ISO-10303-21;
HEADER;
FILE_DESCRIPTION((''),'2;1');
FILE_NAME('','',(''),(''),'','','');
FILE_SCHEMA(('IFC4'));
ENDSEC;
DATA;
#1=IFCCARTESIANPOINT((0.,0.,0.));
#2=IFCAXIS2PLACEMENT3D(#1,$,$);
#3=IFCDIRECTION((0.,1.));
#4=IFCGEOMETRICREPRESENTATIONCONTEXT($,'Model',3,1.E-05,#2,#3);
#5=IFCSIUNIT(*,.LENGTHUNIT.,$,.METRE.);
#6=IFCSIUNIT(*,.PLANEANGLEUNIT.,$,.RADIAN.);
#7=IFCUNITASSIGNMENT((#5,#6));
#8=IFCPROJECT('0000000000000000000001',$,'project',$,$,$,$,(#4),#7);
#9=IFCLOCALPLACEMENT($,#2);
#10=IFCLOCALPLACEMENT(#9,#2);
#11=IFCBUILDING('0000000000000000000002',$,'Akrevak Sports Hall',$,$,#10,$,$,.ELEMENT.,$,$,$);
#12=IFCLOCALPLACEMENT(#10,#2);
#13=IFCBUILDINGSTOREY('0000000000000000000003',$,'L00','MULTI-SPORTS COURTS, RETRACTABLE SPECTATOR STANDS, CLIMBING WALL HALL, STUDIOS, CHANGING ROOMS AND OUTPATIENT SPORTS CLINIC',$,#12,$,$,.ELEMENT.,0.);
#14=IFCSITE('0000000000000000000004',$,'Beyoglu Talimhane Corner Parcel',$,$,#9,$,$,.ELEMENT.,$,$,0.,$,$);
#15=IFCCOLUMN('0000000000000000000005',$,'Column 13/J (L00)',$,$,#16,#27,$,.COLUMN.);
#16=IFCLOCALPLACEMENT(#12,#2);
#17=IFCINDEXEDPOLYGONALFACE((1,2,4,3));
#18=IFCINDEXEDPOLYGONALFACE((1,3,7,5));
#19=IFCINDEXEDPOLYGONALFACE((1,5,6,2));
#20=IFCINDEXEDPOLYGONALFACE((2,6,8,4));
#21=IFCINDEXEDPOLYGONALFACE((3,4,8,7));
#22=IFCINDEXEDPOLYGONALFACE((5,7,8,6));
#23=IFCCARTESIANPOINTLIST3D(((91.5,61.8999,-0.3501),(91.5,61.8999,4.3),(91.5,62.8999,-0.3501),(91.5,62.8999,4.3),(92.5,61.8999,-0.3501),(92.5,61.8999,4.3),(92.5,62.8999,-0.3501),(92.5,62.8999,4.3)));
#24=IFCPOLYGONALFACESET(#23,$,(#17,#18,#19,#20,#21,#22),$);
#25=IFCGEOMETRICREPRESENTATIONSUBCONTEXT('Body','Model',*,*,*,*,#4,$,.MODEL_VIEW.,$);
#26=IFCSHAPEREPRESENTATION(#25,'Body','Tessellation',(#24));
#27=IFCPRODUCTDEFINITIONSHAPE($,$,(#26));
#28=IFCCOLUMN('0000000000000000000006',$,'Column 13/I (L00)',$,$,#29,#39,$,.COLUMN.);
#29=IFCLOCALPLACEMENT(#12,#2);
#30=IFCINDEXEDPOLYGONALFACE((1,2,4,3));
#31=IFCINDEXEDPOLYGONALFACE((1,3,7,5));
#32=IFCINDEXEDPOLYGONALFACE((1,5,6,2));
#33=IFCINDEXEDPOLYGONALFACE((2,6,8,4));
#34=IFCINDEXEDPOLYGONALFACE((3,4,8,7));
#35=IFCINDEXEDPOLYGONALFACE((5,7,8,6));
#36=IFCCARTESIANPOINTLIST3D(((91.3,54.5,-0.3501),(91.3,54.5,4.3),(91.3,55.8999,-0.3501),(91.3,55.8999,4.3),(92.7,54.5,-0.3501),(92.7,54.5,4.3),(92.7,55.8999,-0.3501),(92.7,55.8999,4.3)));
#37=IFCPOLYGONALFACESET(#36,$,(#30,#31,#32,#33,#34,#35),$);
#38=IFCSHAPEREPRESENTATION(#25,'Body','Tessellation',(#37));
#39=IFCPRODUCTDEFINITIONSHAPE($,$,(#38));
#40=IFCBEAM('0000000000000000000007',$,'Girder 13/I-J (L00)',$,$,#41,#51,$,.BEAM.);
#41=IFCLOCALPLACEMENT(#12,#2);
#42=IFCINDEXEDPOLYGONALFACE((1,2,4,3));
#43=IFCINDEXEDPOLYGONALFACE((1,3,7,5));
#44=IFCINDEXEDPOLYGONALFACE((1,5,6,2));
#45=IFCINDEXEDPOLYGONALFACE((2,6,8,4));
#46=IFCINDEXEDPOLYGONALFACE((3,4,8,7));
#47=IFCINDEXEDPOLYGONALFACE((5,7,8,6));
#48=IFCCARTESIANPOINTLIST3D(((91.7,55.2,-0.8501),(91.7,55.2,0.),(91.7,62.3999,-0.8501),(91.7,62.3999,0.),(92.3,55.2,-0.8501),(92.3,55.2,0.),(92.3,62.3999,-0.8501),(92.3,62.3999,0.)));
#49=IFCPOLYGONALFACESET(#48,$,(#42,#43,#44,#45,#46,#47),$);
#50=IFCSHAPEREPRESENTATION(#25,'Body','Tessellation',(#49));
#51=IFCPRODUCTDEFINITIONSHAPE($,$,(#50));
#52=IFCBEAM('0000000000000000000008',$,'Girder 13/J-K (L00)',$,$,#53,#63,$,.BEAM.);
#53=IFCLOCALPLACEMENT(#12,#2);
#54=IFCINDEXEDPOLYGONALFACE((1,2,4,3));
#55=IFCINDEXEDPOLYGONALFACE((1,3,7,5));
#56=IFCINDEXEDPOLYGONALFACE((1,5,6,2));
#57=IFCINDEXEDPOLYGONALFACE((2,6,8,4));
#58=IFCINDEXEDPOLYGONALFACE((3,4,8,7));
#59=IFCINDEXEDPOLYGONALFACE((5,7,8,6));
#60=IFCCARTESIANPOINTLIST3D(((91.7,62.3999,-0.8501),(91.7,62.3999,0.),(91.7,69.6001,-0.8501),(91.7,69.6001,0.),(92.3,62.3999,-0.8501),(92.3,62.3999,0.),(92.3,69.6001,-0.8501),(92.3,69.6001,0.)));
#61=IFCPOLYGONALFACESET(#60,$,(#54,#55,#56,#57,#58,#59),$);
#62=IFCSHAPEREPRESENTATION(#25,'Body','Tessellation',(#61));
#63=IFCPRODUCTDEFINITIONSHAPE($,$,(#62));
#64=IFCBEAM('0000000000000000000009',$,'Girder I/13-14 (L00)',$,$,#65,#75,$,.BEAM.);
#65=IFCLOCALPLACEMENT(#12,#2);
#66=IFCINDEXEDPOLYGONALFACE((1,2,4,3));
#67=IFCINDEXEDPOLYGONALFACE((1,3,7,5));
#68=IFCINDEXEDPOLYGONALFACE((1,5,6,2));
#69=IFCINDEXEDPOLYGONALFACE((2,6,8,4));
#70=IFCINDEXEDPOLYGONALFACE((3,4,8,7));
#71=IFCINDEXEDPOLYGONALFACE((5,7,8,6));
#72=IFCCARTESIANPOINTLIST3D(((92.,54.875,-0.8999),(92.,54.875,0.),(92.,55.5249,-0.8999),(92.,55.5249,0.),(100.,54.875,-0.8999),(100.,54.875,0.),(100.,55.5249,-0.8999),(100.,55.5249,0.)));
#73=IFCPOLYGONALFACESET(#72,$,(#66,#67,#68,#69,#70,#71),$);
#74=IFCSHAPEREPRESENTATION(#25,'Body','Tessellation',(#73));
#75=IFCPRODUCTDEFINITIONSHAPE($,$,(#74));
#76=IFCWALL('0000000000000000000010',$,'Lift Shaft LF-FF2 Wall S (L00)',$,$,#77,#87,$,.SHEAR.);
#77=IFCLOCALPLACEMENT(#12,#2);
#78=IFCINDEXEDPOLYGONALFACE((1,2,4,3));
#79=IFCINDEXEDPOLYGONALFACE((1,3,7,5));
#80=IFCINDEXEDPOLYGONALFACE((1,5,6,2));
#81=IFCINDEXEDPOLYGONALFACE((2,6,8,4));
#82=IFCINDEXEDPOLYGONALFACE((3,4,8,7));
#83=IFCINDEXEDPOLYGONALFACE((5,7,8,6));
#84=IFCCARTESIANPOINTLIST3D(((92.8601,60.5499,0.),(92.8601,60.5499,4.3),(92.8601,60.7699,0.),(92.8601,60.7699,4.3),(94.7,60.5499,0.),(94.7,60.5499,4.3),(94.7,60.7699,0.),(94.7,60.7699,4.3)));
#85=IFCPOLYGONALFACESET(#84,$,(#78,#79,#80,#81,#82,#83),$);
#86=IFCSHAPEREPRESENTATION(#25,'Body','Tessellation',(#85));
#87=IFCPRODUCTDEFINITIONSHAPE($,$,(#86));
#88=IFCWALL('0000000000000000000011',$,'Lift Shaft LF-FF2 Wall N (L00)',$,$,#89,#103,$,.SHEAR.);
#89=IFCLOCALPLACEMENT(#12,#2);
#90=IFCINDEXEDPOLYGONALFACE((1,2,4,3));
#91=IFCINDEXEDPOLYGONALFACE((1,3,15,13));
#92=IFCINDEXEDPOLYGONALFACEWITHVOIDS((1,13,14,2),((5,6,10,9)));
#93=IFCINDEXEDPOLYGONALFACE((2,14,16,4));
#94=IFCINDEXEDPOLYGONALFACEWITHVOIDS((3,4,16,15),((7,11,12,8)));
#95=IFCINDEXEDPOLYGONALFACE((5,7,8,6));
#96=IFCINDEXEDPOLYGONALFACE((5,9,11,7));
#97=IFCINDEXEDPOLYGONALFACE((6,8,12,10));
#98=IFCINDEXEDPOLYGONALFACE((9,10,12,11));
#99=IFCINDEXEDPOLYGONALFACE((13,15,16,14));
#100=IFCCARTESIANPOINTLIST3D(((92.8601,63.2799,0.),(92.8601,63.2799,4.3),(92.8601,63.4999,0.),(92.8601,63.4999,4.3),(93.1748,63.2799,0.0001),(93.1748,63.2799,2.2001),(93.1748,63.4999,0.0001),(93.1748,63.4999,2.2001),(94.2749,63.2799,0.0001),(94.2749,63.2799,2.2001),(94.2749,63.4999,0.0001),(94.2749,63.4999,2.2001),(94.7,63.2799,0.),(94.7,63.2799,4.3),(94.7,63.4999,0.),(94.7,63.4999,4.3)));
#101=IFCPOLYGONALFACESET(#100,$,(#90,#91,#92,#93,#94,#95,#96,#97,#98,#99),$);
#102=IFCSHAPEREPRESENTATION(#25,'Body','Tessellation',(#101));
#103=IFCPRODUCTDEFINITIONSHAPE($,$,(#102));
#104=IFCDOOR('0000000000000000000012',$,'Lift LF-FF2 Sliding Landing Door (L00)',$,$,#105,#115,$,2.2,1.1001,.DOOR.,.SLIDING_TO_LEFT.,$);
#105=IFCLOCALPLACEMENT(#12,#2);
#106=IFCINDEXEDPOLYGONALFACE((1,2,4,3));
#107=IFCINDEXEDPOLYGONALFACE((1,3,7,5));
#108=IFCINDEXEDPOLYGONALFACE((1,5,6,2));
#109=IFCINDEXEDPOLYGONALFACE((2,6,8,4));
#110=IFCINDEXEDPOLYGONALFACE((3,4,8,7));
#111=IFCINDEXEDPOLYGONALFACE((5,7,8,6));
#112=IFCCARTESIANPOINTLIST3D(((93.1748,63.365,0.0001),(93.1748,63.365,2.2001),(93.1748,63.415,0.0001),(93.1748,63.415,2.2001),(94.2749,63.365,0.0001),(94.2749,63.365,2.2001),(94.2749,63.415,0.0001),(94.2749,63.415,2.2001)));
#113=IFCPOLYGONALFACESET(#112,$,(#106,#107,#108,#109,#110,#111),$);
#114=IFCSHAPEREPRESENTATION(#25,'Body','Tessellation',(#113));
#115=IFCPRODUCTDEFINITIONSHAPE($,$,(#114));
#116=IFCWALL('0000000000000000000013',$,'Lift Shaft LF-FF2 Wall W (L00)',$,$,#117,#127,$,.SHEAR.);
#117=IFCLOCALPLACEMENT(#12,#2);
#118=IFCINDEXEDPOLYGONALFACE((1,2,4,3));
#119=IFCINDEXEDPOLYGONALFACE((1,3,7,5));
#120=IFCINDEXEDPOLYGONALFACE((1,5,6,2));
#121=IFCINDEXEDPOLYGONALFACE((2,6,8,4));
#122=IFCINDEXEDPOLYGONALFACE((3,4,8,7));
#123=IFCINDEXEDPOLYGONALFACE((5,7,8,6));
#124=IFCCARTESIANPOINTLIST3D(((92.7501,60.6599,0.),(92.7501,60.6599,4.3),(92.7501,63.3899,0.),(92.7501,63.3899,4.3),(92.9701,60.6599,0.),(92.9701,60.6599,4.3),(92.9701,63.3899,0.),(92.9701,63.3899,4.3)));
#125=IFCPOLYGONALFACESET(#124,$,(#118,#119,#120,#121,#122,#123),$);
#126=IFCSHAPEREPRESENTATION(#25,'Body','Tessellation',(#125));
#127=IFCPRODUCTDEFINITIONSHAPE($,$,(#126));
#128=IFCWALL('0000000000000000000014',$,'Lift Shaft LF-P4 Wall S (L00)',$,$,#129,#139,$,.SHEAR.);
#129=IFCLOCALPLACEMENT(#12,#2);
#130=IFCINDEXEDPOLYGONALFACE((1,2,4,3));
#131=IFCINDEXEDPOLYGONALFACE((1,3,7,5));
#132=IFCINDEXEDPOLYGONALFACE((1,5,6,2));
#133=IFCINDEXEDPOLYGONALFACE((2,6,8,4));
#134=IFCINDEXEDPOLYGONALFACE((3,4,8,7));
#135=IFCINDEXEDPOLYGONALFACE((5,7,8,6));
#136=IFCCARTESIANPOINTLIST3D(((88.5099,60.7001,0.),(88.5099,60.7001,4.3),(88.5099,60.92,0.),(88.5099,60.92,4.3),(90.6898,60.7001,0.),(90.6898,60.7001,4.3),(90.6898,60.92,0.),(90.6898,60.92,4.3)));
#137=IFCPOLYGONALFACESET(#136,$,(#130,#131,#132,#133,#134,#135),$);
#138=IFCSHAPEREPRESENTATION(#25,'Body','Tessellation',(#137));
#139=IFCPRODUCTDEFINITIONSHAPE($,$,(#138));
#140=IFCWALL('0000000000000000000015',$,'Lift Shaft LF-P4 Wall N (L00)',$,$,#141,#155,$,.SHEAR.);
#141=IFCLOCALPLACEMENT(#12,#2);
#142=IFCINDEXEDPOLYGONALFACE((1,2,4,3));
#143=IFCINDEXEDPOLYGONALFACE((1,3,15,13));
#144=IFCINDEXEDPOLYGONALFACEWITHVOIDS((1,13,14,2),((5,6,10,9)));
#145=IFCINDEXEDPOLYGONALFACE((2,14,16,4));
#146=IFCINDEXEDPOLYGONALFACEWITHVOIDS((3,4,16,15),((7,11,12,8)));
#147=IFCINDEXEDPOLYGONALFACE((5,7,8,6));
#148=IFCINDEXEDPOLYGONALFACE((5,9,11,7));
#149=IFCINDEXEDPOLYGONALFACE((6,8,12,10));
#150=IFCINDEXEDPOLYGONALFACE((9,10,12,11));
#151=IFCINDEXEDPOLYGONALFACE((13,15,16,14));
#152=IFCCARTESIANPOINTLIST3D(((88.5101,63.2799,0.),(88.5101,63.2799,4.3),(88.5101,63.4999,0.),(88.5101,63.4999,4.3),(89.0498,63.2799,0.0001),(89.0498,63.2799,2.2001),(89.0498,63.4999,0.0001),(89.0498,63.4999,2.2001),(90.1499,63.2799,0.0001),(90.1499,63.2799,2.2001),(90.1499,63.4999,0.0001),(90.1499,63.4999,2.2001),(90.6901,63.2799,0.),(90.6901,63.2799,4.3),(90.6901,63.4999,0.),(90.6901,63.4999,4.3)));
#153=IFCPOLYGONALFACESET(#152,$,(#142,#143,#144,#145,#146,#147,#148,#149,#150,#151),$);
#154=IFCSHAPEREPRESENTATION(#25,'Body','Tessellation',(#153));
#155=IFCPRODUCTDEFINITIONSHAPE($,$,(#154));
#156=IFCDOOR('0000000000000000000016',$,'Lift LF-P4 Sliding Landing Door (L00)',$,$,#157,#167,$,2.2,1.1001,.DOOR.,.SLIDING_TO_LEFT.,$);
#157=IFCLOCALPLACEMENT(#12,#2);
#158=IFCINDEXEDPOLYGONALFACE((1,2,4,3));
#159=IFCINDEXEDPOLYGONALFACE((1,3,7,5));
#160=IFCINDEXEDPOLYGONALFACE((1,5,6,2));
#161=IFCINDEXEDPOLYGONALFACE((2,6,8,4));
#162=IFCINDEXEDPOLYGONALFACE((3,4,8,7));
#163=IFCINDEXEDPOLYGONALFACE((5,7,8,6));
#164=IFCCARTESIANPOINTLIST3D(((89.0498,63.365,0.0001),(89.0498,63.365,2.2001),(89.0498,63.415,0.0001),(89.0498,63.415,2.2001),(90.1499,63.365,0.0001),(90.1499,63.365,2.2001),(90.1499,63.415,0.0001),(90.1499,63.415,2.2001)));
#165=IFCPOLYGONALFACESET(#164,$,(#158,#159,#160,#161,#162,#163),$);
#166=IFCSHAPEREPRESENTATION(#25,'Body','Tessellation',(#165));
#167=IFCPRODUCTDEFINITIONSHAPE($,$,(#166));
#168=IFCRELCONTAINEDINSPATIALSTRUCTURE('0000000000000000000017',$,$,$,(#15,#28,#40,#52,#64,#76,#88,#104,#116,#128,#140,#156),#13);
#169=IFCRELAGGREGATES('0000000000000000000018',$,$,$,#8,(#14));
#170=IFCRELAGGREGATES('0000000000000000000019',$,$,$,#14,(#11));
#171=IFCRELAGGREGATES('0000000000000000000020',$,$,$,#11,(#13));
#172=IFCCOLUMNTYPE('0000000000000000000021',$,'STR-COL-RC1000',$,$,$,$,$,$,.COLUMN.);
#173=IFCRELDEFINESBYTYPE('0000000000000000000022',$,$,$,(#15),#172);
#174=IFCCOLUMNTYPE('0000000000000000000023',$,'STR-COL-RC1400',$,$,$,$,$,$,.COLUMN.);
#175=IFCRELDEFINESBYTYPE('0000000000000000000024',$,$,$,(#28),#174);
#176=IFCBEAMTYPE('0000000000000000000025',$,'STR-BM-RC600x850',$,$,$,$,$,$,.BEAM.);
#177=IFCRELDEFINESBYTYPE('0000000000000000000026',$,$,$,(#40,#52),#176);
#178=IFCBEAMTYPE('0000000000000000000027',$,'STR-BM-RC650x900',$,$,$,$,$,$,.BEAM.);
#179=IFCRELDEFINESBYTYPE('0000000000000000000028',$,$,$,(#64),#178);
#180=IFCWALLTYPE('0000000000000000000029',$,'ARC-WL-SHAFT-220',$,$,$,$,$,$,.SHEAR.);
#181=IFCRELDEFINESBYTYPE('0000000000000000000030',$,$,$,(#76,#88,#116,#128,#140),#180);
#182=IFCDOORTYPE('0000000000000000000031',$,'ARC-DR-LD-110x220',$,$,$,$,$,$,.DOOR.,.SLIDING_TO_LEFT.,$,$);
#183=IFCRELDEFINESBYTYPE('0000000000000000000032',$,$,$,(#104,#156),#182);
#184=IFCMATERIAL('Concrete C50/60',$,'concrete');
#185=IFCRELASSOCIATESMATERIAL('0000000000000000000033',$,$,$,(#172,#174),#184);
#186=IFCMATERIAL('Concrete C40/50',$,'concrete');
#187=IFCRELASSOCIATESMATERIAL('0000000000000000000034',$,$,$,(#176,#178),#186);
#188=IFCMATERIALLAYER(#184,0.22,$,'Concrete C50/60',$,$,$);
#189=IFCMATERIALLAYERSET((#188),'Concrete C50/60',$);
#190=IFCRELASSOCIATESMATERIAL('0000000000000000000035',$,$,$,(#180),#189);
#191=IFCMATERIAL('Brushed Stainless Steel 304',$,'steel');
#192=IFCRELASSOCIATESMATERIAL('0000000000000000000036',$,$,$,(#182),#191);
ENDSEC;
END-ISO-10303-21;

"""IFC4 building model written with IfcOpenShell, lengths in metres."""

from ifc_helpers import new_model, si_unit, direction, frame, frame_2d, origin, origin_2d, place, context, subcontext, project, spatial, rectangle, extrude, material, layer, layer_set, material_profile, profile_set, type_object, element, fill, save


model = new_model("IFC4")

# Units and contexts
model_context = context("Model", 3, precision=1e-05, world=origin(), true_north=direction((0.0, 1.0)))
body_context = subcontext(model_context, "Body", "Model", "MODEL_VIEW")
ifc_project = project(units=[si_unit("LENGTHUNIT", "METRE"), si_unit("PLANEANGLEUNIT", "RADIAN")], contexts=[model_context])

# Site, building, storey
site_placement = place(None, origin())
site = spatial("IfcSite", under=ifc_project, at=site_placement, Name="Beyoglu Talimhane Corner Parcel", CompositionType="ELEMENT", RefElevation=0.0)
building_placement = place(site_placement, origin())
building = spatial("IfcBuilding", under=site, at=building_placement, Name="Akrevak Sports Hall", CompositionType="ELEMENT")
storey_placement = place(building_placement, origin())
storey = spatial("IfcBuildingStorey", under=building, at=storey_placement, Name="L00", Description="MULTI-SPORTS COURTS, RETRACTABLE SPECTATOR STANDS, CLIMBING WALL HALL, STUDIOS, CHANGING ROOMS AND OUTPATIENT SPORTS CLINIC", CompositionType="ELEMENT", Elevation=0.0)

# Columns
ifc_material_1 = material(Name="Concrete C50/60", Category="concrete")
ifc_material_profile_1 = material_profile(ifc_material_1, rectangle(XDim=1.0, YDim=1.0, at=origin_2d()), Name="RC 1000x1000", Category="concrete")
ifc_profile_set_1 = profile_set([ifc_material_profile_1], Name="Concrete C50/60")
column_type_1 = type_object("IfcColumnType", Name="STR-COL-RC1000", PredefinedType="COLUMN", material=ifc_profile_set_1)
column_1_placement = place(storey_placement, frame((92.0, 62.3999, -0.3501), z_axis=(0.0, 0.0, 1.0), x_axis=(1.0, 0.0, 0.0)))
element("IfcColumn", 1, at=column_1_placement, inside=storey, type_object=column_type_1, Name="Column 13/J (L00)", PredefinedType="COLUMN", context=body_context, shape_type="SweptSolid", body=[
    extrude(rectangle(XDim=1.0, YDim=1.0, at=origin_2d()), origin(), (0.0, 0.0, 1.0), 4.6501),
])
ifc_material_profile_2 = material_profile(ifc_material_1, rectangle(XDim=1.3999, YDim=1.3999, at=origin_2d()), Name="RC 1400x1400", Category="concrete")
ifc_profile_set_2 = profile_set([ifc_material_profile_2], Name="Concrete C50/60")
column_type_2 = type_object("IfcColumnType", Name="STR-COL-RC1400", PredefinedType="COLUMN", material=ifc_profile_set_2)
column_2_placement = place(storey_placement, frame((92.0, 55.2, -0.3501), z_axis=(0.0, 0.0, 1.0), x_axis=(1.0, 0.0, 0.0)))
element("IfcColumn", 2, at=column_2_placement, inside=storey, type_object=column_type_2, Name="Column 13/I (L00)", PredefinedType="COLUMN", context=body_context, shape_type="SweptSolid", body=[
    extrude(rectangle(XDim=1.3999, YDim=1.3999, at=origin_2d()), origin(), (0.0, 0.0, 1.0), 4.6501),
])

# Beams
ifc_material_2 = material(Name="Concrete C40/50", Category="concrete")
ifc_material_profile_3 = material_profile(ifc_material_2, rectangle(XDim=0.6001, YDim=0.8501, at=origin_2d()), Name="BM 600x850", Category="concrete")
ifc_profile_set_3 = profile_set([ifc_material_profile_3], Name="Concrete C40/50")
beam_type_1 = type_object("IfcBeamType", Name="STR-BM-RC600x850", PredefinedType="BEAM", material=ifc_profile_set_3)
beam_1_placement = place(storey_placement, frame((92.0, 55.2, -0.425), z_axis=(0.0, 1.0, 0.0), x_axis=(-1.0, 0.0, 0.0)))
element("IfcBeam", 3, at=beam_1_placement, inside=storey, type_object=beam_type_1, Name="Girder 13/I-J (L00)", PredefinedType="BEAM", context=body_context, shape_type="SweptSolid", body=[
    extrude(rectangle(XDim=0.6001, YDim=0.8501, at=origin_2d()), origin(), (0.0, 0.0, 1.0), 7.2),
])
beam_2_placement = place(storey_placement, frame((92.0, 62.3999, -0.425), z_axis=(0.0, 1.0, 0.0), x_axis=(-1.0, 0.0, 0.0)))
element("IfcBeam", 4, at=beam_2_placement, inside=storey, type_object=beam_type_1, Name="Girder 13/J-K (L00)", PredefinedType="BEAM", context=body_context, shape_type="SweptSolid", body=[
    extrude(rectangle(XDim=0.6001, YDim=0.8501, at=origin_2d()), origin(), (0.0, 0.0, 1.0), 7.2002),
])
ifc_material_profile_4 = material_profile(ifc_material_2, rectangle(XDim=0.6499, YDim=0.8999, at=origin_2d()), Name="BM 650x900", Category="concrete")
ifc_profile_set_4 = profile_set([ifc_material_profile_4], Name="Concrete C40/50")
beam_type_2 = type_object("IfcBeamType", Name="STR-BM-RC650x900", PredefinedType="BEAM", material=ifc_profile_set_4)
beam_3_placement = place(storey_placement, frame((92.0, 55.2, -0.45), z_axis=(1.0, 0.0, 0.0), x_axis=(0.0, 1.0, 0.0)))
element("IfcBeam", 5, at=beam_3_placement, inside=storey, type_object=beam_type_2, Name="Girder I/13-14 (L00)", PredefinedType="BEAM", context=body_context, shape_type="SweptSolid", body=[
    extrude(rectangle(XDim=0.6499, YDim=0.8999, at=origin_2d()), origin(), (0.0, 0.0, 1.0), 8.0),
])

# Wall
ifc_layer_1 = layer(ifc_material_1, 0.22, Name="Concrete C50/60")
ifc_layer_set_1 = layer_set([ifc_layer_1], Name="Concrete C50/60")
wall_type_1 = type_object("IfcWallType", Name="ARC-WL-SHAFT-220", PredefinedType="SHEAR", material=ifc_layer_set_1)
wall_1_placement = place(storey_placement, frame((92.8601, 60.6599, 0.0), z_axis=(0.0, 0.0, 1.0), x_axis=(1.0, 0.0, 0.0)))
element("IfcWall", 6, at=wall_1_placement, inside=storey, type_object=wall_type_1, Name="Lift Shaft LF-FF2 Wall S (L00)", PredefinedType="SHEAR", context=body_context, shape_type="SweptSolid", body=[
    extrude(rectangle(XDim=1.8398, YDim=0.22, at=frame_2d((0.9199, 0.0))), origin(), (0.0, 0.0, 1.0), 4.3),
])

# Wall, opening, door
wall_2_placement = place(storey_placement, frame((94.7, 63.3899, 0.0), z_axis=(0.0, 0.0, 1.0), x_axis=(-1.0, 0.0, 0.0)))
wall_2 = element("IfcWall", 7, at=wall_2_placement, inside=storey, type_object=wall_type_1, Name="Lift Shaft LF-FF2 Wall N (L00)", PredefinedType="SHEAR", context=body_context, shape_type="SweptSolid", body=[
    extrude(rectangle(XDim=1.8398, YDim=0.22, at=frame_2d((0.9199, 0.0))), origin(), (0.0, 0.0, 1.0), 4.3),
])
opening_1_placement = place(wall_2_placement, frame((0.425, 0.0, 0.0)))
opening_1 = element("IfcOpeningElement", 8, at=opening_1_placement, cuts=wall_2, PredefinedType="OPENING", context=body_context, shape_type="SweptSolid", body=[
    extrude(rectangle(XDim=1.1001, YDim=2.2, at=frame_2d((0.55, 1.1001))), frame((0.0, 0.1221, 0.0), z_axis=(0.0, -1.0, 0.0), x_axis=(1.0, 0.0, 0.0)), (0.0, 0.0, 1.0), 0.2439),
])
ifc_material_3 = material(Name="Brushed Stainless Steel 304", Category="steel")
door_type = type_object("IfcDoorType", Name="ARC-DR-LD-110x220", OperationType="SLIDING_TO_LEFT", PredefinedType="DOOR", material=ifc_material_3)
door_1_placement = place(opening_1_placement, origin())
door_1 = element("IfcDoor", 9, at=door_1_placement, inside=storey, type_object=door_type, Name="Lift LF-FF2 Sliding Landing Door (L00)", OperationType="SLIDING_TO_LEFT", OverallHeight=2.2, OverallWidth=1.1001, PredefinedType="DOOR", context=body_context, shape_type="SweptSolid", body=[
    extrude(rectangle(XDim=1.1001, YDim=2.2, at=frame_2d((0.55, 1.1001))), frame((0.0, 0.0249, 0.0), z_axis=(0.0, -1.0, 0.0), x_axis=(1.0, 0.0, 0.0)), (0.0, 0.0, 1.0), 0.05),
])
fill(opening_1, door_1)

# Walls
wall_3_placement = place(storey_placement, frame((92.8601, 63.3899, 0.0), z_axis=(0.0, 0.0, 1.0), x_axis=(0.0, -1.0, 0.0)))
element("IfcWall", 10, at=wall_3_placement, inside=storey, type_object=wall_type_1, Name="Lift Shaft LF-FF2 Wall W (L00)", PredefinedType="SHEAR", context=body_context, shape_type="SweptSolid", body=[
    extrude(rectangle(XDim=2.73, YDim=0.22, at=frame_2d((1.365, 0.0))), origin(), (0.0, 0.0, 1.0), 4.3),
])
wall_4_placement = place(storey_placement, frame((88.51, 60.8101, 0.0), z_axis=(0.0, 0.0, 1.0), x_axis=(1.0, 0.0, 0.0)))
element("IfcWall", 11, at=wall_4_placement, inside=storey, type_object=wall_type_1, Name="Lift Shaft LF-P4 Wall S (L00)", PredefinedType="SHEAR", context=body_context, shape_type="SweptSolid", body=[
    extrude(rectangle(XDim=2.1799, YDim=0.22, at=frame_2d((1.0898, 0.0))), origin(), (0.0, 0.0, 1.0), 4.3),
])

# Wall, opening, door
wall_5_placement = place(storey_placement, frame((90.6899, 63.3899, 0.0), z_axis=(0.0, 0.0, 1.0), x_axis=(-1.0, 0.0, 0.0)))
wall_5 = element("IfcWall", 12, at=wall_5_placement, inside=storey, type_object=wall_type_1, Name="Lift Shaft LF-P4 Wall N (L00)", PredefinedType="SHEAR", context=body_context, shape_type="SweptSolid", body=[
    extrude(rectangle(XDim=2.1799, YDim=0.22, at=frame_2d((1.0898, 0.0))), origin(), (0.0, 0.0, 1.0), 4.3),
])
opening_2_placement = place(wall_5_placement, frame((0.54, 0.0, 0.0)))
opening_2 = element("IfcOpeningElement", 13, at=opening_2_placement, cuts=wall_5, PredefinedType="OPENING", context=body_context, shape_type="SweptSolid", body=[
    extrude(rectangle(XDim=1.1001, YDim=2.2, at=frame_2d((0.55, 1.1001))), frame((0.0, 0.1221, 0.0), z_axis=(0.0, -1.0, 0.0), x_axis=(1.0, 0.0, 0.0)), (0.0, 0.0, 1.0), 0.2439),
])
door_2_placement = place(opening_2_placement, origin())
door_2 = element("IfcDoor", 14, at=door_2_placement, inside=storey, type_object=door_type, Name="Lift LF-P4 Sliding Landing Door (L00)", OperationType="SLIDING_TO_LEFT", OverallHeight=2.2, OverallWidth=1.1001, PredefinedType="DOOR", context=body_context, shape_type="SweptSolid", body=[
    extrude(rectangle(XDim=1.1001, YDim=2.2, at=frame_2d((0.55, 1.1001))), frame((0.0, 0.0249, 0.0), z_axis=(0.0, -1.0, 0.0), x_axis=(1.0, 0.0, 0.0)), (0.0, 0.0, 1.0), 0.05),
])
fill(opening_2, door_2)

save(model, "model.ifc")
